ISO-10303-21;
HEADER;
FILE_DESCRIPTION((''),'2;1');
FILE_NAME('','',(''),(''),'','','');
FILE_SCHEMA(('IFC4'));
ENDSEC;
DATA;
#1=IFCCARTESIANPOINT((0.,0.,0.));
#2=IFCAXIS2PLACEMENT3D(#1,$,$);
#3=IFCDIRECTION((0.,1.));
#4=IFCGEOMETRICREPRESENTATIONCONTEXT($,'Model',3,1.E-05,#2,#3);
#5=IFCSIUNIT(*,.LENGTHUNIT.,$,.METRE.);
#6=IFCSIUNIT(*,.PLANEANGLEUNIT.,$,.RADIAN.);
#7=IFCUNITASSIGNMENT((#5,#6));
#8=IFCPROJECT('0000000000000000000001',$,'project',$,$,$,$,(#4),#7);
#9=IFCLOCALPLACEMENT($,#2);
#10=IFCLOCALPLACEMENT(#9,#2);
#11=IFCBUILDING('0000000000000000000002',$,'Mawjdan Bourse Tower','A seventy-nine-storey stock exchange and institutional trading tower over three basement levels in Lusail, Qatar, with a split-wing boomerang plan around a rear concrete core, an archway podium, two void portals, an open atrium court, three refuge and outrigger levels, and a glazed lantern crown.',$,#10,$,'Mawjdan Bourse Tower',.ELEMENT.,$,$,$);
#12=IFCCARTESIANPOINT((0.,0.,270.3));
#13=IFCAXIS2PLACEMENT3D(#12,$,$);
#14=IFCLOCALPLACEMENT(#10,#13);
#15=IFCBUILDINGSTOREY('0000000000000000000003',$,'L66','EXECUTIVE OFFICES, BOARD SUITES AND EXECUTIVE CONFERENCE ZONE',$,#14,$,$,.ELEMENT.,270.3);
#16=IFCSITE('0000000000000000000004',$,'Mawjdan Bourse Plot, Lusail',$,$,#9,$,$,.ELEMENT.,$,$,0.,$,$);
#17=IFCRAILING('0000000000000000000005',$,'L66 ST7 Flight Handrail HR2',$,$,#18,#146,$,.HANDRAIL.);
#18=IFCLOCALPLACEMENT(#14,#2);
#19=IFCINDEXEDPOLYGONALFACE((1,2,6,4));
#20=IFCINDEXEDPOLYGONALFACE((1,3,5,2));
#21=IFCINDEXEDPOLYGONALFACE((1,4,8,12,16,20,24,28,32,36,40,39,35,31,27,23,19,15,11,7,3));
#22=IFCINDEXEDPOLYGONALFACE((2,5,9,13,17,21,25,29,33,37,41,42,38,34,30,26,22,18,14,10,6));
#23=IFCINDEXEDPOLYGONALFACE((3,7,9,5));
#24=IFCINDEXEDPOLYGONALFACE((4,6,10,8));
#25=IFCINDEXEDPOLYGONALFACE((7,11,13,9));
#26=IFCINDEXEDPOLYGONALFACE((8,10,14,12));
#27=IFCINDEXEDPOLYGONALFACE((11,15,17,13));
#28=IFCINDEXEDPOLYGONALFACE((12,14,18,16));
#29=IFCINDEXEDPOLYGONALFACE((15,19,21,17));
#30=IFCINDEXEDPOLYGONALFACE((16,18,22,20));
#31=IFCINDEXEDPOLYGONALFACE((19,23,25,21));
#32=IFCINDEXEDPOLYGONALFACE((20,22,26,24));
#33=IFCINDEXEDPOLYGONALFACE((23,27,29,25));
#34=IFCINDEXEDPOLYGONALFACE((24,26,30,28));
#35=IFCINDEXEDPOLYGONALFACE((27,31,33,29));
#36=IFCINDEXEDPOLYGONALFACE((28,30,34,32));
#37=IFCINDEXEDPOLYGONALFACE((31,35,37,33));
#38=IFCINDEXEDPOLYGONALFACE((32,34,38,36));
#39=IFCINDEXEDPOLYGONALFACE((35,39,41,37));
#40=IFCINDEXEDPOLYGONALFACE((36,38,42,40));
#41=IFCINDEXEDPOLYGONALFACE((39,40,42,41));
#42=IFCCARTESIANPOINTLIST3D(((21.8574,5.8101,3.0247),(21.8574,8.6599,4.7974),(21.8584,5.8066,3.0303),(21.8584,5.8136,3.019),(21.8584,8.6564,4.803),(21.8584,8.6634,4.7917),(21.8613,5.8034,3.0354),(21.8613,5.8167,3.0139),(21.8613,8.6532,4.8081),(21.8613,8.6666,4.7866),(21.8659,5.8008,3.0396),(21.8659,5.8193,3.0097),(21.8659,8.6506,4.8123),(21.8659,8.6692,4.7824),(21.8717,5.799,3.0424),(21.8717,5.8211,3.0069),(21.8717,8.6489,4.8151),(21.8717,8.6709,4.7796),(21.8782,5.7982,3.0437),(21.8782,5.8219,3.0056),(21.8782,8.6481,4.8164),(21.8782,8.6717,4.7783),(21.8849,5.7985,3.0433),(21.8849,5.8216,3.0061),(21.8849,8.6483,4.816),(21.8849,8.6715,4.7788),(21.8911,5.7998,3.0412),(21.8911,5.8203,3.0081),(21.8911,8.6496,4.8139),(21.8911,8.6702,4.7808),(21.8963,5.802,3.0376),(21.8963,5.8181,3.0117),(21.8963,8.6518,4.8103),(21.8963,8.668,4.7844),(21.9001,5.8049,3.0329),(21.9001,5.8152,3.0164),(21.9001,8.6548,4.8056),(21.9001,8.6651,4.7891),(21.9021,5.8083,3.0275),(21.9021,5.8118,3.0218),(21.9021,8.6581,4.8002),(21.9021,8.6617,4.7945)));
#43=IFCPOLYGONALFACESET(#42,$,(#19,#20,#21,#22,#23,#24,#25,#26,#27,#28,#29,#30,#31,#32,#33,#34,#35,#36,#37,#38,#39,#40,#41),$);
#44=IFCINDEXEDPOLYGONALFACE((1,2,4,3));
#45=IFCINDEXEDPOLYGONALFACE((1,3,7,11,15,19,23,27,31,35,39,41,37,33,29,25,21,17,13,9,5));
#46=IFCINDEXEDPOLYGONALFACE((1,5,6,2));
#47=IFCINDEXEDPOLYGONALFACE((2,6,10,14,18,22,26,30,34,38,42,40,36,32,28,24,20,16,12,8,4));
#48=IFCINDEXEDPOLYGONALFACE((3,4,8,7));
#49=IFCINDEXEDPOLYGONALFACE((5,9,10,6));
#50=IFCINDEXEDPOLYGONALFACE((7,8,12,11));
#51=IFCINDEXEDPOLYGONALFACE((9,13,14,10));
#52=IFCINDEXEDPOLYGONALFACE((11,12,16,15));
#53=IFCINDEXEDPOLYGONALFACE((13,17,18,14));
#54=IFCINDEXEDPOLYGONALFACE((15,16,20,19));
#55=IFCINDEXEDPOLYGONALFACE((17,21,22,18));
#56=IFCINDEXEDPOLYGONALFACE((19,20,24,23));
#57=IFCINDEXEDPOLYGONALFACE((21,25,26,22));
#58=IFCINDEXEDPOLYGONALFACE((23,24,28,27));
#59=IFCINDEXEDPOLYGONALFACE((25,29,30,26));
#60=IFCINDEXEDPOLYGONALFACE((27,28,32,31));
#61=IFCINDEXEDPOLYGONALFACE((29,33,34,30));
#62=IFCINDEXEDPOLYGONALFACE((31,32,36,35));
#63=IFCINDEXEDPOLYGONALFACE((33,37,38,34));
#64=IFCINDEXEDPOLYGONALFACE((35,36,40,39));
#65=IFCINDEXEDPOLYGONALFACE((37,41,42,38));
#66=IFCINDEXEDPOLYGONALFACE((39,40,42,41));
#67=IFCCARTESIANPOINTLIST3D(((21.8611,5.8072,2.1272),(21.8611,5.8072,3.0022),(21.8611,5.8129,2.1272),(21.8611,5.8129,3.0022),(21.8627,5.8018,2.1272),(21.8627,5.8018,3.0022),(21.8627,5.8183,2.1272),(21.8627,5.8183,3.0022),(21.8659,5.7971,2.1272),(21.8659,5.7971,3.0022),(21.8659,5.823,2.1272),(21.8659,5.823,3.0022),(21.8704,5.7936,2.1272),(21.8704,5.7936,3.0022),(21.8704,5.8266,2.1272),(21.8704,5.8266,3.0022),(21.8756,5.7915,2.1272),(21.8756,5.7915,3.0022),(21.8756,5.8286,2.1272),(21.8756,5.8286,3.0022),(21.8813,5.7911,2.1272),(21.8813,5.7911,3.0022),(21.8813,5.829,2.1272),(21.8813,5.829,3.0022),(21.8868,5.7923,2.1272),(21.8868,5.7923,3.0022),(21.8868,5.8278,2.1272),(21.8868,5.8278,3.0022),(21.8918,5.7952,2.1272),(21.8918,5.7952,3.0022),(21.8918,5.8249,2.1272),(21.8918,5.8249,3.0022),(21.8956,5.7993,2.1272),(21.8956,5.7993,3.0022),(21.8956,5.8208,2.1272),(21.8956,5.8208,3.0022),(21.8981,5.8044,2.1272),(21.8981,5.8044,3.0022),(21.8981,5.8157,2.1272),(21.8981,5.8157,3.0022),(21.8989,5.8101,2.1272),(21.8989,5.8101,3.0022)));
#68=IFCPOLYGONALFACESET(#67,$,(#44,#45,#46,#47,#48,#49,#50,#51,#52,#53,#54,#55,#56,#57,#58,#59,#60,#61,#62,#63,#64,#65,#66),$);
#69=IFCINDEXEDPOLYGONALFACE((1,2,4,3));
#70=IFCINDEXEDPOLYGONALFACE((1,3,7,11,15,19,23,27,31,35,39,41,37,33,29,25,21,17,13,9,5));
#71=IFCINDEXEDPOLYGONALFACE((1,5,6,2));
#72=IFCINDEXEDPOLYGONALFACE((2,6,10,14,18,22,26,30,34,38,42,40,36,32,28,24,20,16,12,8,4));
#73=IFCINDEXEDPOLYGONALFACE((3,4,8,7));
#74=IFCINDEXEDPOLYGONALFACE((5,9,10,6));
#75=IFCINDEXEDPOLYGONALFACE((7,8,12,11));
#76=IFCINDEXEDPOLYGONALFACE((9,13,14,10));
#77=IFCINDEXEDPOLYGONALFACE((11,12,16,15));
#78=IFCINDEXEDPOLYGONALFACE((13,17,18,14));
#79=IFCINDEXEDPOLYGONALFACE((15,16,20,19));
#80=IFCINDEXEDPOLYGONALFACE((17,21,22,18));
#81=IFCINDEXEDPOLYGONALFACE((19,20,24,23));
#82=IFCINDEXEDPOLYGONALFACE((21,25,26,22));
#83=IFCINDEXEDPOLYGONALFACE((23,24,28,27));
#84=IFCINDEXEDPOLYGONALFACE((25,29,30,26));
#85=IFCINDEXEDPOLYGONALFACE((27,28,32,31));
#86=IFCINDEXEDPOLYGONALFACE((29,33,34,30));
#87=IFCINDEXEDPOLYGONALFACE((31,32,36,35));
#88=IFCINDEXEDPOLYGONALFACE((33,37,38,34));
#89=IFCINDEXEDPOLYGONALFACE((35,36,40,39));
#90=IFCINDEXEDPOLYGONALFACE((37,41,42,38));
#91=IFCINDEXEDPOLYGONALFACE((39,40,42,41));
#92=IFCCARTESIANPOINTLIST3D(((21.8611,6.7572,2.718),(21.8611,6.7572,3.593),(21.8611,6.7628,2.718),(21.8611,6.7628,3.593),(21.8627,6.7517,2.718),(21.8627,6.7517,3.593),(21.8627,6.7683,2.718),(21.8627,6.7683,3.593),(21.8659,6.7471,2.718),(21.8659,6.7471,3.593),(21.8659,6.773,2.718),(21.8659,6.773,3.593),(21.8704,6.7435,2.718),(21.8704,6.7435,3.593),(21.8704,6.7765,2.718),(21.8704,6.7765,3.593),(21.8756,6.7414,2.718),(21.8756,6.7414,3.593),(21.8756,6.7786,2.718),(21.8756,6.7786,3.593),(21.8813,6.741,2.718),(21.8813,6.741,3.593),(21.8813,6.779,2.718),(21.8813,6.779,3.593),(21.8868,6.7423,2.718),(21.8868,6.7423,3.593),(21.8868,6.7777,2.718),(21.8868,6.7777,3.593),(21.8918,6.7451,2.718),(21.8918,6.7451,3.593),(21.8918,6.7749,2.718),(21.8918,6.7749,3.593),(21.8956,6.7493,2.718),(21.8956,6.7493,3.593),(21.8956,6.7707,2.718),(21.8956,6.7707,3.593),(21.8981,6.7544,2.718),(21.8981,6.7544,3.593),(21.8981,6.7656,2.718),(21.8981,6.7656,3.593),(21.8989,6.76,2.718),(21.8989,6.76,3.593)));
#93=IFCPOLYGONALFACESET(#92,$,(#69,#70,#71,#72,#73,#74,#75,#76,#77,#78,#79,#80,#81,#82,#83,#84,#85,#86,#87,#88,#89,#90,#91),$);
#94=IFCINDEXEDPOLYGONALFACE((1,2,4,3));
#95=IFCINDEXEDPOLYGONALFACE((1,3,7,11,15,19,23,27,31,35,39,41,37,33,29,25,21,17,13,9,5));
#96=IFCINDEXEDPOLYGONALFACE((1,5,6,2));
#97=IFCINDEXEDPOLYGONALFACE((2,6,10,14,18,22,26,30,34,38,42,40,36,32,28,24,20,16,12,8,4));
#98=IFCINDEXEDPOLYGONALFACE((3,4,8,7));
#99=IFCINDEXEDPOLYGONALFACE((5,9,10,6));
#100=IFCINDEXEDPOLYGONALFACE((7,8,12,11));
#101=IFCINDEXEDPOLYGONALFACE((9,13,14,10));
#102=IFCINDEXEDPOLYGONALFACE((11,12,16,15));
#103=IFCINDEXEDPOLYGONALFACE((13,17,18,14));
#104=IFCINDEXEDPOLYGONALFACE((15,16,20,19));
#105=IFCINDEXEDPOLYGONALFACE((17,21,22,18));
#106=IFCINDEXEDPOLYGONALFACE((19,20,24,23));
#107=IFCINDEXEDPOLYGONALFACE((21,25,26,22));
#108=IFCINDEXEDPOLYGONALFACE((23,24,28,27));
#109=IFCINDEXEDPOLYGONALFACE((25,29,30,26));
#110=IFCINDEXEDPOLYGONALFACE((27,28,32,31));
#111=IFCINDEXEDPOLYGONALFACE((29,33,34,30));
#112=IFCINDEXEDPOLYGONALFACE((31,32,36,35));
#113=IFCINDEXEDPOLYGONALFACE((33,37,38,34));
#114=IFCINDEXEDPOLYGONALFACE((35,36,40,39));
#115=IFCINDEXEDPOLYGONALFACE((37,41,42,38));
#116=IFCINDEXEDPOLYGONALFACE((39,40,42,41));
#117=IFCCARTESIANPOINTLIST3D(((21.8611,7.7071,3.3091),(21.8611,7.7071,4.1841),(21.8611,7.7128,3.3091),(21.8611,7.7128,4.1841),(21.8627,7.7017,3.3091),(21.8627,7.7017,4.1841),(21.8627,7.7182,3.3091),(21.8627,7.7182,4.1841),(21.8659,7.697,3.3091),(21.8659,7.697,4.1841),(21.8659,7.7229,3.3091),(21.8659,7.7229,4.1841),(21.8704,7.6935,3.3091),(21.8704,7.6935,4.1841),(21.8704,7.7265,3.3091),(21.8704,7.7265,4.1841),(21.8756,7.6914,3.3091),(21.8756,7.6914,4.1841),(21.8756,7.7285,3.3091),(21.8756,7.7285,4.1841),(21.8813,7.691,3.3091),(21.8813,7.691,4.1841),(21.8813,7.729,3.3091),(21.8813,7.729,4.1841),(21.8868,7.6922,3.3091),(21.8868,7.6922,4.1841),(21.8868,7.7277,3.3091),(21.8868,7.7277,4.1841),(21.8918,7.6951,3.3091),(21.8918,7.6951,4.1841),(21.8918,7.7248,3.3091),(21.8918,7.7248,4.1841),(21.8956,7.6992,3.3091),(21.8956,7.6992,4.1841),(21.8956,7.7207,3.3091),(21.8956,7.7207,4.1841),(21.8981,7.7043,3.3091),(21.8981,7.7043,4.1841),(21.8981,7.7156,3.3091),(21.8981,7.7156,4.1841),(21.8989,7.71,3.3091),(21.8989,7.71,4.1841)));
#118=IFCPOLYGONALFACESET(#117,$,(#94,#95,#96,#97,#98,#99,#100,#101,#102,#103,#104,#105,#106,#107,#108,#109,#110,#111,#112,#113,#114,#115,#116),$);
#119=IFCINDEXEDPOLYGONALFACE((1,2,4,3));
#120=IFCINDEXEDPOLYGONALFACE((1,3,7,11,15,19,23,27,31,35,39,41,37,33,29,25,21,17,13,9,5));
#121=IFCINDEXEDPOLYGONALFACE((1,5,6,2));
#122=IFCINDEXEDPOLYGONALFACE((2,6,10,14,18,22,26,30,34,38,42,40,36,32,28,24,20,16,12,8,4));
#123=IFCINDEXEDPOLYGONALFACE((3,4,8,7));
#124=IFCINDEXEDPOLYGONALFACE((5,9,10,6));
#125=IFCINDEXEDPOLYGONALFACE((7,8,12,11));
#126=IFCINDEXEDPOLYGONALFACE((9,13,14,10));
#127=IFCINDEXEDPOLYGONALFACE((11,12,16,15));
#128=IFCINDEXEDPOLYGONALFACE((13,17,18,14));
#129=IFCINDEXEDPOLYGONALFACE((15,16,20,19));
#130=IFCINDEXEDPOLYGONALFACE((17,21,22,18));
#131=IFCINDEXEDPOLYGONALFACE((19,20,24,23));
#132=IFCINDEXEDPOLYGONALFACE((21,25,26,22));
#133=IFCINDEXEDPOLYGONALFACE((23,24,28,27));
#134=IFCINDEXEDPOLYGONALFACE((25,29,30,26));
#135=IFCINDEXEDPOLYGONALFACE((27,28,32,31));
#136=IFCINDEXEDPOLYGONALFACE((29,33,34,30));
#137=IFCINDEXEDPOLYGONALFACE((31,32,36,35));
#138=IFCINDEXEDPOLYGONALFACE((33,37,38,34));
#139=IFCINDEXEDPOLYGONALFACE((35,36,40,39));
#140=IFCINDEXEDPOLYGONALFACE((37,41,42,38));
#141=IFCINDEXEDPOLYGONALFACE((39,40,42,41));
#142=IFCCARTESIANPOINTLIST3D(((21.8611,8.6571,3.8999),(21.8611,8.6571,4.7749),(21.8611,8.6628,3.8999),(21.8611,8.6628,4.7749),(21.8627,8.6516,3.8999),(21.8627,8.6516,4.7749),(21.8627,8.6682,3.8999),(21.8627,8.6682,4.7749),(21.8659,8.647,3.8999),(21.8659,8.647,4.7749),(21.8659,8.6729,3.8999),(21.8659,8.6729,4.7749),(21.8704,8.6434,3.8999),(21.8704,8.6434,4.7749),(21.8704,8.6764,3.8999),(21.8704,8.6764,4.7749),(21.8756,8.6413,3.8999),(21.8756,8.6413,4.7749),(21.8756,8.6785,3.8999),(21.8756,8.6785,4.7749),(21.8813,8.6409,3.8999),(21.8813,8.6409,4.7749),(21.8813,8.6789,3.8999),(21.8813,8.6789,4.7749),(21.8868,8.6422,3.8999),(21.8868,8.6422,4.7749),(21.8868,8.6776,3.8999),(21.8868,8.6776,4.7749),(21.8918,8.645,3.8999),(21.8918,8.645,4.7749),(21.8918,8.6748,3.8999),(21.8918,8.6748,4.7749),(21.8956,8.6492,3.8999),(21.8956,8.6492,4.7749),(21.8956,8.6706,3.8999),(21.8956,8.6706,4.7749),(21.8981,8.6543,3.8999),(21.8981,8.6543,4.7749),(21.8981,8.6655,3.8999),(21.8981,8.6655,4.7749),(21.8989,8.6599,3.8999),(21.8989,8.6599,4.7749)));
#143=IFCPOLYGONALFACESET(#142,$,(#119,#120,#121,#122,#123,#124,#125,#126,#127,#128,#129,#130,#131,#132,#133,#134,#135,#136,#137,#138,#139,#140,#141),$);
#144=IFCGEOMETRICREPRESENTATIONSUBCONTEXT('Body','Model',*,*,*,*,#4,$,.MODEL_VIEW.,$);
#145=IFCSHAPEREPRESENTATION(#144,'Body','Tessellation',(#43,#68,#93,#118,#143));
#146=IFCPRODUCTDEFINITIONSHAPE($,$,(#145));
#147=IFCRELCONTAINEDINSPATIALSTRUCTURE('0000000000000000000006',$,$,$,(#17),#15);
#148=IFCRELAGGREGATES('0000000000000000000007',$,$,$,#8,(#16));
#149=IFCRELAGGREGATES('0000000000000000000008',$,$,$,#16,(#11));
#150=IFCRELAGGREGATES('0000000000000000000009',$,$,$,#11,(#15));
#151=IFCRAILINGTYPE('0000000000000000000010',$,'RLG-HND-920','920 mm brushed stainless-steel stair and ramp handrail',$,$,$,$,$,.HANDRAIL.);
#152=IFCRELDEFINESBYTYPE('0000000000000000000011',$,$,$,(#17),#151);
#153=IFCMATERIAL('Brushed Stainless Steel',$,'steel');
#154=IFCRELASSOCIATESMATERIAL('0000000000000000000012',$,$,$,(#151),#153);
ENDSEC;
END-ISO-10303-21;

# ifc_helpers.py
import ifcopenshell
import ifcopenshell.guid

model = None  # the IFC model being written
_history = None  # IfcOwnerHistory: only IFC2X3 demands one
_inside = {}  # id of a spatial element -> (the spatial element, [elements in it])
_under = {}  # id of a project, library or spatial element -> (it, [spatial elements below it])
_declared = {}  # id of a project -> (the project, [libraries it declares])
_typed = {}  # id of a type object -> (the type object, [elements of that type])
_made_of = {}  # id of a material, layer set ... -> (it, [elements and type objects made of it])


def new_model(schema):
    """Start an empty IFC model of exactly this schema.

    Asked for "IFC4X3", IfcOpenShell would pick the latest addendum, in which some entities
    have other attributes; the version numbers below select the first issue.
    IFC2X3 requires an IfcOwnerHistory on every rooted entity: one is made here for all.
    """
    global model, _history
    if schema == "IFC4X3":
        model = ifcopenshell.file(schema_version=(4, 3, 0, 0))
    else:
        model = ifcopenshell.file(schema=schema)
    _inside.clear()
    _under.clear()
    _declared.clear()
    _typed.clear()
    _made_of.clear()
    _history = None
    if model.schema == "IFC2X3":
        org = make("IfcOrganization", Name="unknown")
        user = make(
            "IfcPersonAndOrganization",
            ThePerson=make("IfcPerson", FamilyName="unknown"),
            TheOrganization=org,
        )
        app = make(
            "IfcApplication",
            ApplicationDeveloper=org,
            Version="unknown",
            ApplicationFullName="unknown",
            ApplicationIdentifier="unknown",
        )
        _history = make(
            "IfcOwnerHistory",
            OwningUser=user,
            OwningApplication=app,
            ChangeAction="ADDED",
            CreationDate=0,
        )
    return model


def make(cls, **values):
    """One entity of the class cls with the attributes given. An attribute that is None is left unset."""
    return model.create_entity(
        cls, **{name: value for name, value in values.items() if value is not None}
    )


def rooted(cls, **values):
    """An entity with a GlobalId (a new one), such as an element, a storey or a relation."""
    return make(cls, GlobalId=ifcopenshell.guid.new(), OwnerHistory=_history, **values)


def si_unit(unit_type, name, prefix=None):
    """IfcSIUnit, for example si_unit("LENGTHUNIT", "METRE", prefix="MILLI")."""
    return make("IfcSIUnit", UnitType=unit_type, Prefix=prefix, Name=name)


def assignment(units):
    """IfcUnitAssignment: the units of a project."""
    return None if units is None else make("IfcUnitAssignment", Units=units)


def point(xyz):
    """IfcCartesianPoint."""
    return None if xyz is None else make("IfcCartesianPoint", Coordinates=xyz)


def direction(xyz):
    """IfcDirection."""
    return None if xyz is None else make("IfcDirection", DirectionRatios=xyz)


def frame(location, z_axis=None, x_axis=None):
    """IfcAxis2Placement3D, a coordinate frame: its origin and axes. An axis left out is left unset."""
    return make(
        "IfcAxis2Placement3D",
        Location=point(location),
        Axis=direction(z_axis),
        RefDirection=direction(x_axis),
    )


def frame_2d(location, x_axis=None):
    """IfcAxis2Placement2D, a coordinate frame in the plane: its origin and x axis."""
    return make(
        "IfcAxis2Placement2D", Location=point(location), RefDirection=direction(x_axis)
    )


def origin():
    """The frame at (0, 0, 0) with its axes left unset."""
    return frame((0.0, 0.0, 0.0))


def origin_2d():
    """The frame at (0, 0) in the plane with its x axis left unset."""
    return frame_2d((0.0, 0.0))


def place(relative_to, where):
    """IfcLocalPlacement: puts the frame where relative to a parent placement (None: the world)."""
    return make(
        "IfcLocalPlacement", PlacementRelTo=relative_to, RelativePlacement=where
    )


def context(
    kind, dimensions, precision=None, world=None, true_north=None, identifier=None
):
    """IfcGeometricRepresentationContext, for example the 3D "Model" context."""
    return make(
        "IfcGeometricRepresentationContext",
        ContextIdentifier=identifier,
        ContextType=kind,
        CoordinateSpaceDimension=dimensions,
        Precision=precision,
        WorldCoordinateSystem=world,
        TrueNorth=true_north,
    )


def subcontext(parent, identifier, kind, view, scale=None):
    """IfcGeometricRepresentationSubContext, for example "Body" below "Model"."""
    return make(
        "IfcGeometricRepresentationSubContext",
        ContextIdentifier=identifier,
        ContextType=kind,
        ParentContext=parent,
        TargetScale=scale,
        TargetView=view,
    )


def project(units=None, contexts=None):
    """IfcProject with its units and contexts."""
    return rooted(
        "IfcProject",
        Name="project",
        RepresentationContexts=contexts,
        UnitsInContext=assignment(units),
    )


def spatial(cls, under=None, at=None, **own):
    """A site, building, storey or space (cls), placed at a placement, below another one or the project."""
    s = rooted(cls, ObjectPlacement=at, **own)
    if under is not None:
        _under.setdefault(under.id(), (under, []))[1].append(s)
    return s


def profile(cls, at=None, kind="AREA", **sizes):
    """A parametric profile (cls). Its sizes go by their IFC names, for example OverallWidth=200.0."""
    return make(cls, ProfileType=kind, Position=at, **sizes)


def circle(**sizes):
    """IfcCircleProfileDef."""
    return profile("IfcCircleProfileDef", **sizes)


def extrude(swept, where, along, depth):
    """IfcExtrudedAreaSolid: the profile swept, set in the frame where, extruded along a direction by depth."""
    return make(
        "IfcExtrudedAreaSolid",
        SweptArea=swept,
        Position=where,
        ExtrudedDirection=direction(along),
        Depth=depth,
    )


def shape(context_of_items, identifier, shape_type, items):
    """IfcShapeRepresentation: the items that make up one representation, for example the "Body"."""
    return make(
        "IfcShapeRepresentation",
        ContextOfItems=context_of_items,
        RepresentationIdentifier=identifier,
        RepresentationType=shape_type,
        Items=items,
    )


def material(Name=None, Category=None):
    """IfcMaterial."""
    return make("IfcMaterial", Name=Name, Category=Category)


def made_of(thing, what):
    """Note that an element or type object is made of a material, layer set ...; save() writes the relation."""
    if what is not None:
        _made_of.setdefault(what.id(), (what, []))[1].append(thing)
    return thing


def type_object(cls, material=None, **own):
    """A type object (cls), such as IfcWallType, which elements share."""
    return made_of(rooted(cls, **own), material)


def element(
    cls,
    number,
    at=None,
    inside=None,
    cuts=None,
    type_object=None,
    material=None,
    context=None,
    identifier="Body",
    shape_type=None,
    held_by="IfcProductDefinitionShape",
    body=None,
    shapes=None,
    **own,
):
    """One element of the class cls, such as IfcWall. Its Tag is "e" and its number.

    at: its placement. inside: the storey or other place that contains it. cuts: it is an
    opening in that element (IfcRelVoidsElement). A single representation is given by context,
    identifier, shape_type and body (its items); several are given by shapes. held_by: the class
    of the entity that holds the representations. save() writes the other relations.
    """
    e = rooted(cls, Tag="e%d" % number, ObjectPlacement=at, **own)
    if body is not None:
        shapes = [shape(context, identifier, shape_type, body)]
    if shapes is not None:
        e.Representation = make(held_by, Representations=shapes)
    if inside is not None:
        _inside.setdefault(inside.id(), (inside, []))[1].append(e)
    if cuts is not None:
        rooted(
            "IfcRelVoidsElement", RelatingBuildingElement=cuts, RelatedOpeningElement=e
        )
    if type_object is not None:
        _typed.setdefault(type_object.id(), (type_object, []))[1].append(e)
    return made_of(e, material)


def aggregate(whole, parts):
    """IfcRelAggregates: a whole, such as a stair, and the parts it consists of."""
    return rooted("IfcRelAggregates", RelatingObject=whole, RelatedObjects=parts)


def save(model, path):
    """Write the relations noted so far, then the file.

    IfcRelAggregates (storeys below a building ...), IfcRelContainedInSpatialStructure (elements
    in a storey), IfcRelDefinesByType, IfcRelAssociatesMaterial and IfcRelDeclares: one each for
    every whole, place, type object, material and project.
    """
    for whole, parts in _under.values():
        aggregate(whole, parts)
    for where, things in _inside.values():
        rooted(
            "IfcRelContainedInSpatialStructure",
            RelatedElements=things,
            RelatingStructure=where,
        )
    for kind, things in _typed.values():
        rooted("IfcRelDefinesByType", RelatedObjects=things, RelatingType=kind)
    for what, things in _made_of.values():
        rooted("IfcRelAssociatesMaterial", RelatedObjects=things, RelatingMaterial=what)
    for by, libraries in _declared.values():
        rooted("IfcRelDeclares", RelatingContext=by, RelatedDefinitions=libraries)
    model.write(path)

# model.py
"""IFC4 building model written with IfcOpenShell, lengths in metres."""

from ifc_helpers import new_model, si_unit, direction, frame, origin, origin_2d, place, context, subcontext, project, spatial, circle, extrude, material, type_object, element, save


model = new_model("IFC4")

# Units and contexts
model_context = context("Model", 3, precision=1e-05, world=origin(), true_north=direction((0.0, 1.0)))
body_context = subcontext(model_context, "Body", "Model", "MODEL_VIEW")
ifc_project = project(units=[si_unit("LENGTHUNIT", "METRE"), si_unit("PLANEANGLEUNIT", "RADIAN")], contexts=[model_context])

# Site, building, storey
site_placement = place(None, origin())
site = spatial("IfcSite", under=ifc_project, at=site_placement, Name="Mawjdan Bourse Plot, Lusail", CompositionType="ELEMENT", RefElevation=0.0)
building_placement = place(site_placement, origin())
building = spatial("IfcBuilding", under=site, at=building_placement, Name="Mawjdan Bourse Tower", Description="A seventy-nine-storey stock exchange and institutional trading tower over three basement levels in Lusail, Qatar, with a split-wing boomerang plan around a rear concrete core, an archway podium, two void portals, an open atrium court, three refuge and outrigger levels, and a glazed lantern crown.", LongName="Mawjdan Bourse Tower", CompositionType="ELEMENT")
storey_placement = place(building_placement, frame((0.0, 0.0, 270.3)))
storey = spatial("IfcBuildingStorey", under=building, at=storey_placement, Name="L66", Description="EXECUTIVE OFFICES, BOARD SUITES AND EXECUTIVE CONFERENCE ZONE", CompositionType="ELEMENT", Elevation=270.3)

# Shared definitions
ifc_material_1 = material(Name="Brushed Stainless Steel", Category="steel")

# Railing
railing_type_1 = type_object("IfcRailingType", Name="RLG-HND-920", Description="920 mm brushed stainless-steel stair and ramp handrail", PredefinedType="HANDRAIL", material=ifc_material_1)
railing_1_placement = place(storey_placement, frame((21.8799, 5.8101, 2.1272)))
element("IfcRailing", 1, at=railing_1_placement, inside=storey, type_object=railing_type_1, Name="L66 ST7 Flight Handrail HR2", PredefinedType="HANDRAIL", context=body_context, shape_type="SweptSolid", body=[
    extrude(circle(Radius=0.0225, at=origin_2d()), frame((0.0, 0.0, 0.8975), z_axis=(0.0, 0.849128, 0.528187), x_axis=(-1.0, 0.0, 0.0)), (0.0, 0.0, 1.0), 3.3562),
    extrude(circle(Radius=0.019, at=origin_2d()), origin(), (0.0, 0.0, 1.0), 0.875),
    extrude(circle(Radius=0.019, at=origin_2d()), frame((0.0, 0.95, 0.5908)), (0.0, 0.0, 1.0), 0.875),
    extrude(circle(Radius=0.019, at=origin_2d()), frame((0.0, 1.8999, 1.1819)), (0.0, 0.0, 1.0), 0.875),
    extrude(circle(Radius=0.019, at=origin_2d()), frame((0.0, 2.8499, 1.7727)), (0.0, 0.0, 1.0), 0.875),
])

save(model, "model.ifc")
